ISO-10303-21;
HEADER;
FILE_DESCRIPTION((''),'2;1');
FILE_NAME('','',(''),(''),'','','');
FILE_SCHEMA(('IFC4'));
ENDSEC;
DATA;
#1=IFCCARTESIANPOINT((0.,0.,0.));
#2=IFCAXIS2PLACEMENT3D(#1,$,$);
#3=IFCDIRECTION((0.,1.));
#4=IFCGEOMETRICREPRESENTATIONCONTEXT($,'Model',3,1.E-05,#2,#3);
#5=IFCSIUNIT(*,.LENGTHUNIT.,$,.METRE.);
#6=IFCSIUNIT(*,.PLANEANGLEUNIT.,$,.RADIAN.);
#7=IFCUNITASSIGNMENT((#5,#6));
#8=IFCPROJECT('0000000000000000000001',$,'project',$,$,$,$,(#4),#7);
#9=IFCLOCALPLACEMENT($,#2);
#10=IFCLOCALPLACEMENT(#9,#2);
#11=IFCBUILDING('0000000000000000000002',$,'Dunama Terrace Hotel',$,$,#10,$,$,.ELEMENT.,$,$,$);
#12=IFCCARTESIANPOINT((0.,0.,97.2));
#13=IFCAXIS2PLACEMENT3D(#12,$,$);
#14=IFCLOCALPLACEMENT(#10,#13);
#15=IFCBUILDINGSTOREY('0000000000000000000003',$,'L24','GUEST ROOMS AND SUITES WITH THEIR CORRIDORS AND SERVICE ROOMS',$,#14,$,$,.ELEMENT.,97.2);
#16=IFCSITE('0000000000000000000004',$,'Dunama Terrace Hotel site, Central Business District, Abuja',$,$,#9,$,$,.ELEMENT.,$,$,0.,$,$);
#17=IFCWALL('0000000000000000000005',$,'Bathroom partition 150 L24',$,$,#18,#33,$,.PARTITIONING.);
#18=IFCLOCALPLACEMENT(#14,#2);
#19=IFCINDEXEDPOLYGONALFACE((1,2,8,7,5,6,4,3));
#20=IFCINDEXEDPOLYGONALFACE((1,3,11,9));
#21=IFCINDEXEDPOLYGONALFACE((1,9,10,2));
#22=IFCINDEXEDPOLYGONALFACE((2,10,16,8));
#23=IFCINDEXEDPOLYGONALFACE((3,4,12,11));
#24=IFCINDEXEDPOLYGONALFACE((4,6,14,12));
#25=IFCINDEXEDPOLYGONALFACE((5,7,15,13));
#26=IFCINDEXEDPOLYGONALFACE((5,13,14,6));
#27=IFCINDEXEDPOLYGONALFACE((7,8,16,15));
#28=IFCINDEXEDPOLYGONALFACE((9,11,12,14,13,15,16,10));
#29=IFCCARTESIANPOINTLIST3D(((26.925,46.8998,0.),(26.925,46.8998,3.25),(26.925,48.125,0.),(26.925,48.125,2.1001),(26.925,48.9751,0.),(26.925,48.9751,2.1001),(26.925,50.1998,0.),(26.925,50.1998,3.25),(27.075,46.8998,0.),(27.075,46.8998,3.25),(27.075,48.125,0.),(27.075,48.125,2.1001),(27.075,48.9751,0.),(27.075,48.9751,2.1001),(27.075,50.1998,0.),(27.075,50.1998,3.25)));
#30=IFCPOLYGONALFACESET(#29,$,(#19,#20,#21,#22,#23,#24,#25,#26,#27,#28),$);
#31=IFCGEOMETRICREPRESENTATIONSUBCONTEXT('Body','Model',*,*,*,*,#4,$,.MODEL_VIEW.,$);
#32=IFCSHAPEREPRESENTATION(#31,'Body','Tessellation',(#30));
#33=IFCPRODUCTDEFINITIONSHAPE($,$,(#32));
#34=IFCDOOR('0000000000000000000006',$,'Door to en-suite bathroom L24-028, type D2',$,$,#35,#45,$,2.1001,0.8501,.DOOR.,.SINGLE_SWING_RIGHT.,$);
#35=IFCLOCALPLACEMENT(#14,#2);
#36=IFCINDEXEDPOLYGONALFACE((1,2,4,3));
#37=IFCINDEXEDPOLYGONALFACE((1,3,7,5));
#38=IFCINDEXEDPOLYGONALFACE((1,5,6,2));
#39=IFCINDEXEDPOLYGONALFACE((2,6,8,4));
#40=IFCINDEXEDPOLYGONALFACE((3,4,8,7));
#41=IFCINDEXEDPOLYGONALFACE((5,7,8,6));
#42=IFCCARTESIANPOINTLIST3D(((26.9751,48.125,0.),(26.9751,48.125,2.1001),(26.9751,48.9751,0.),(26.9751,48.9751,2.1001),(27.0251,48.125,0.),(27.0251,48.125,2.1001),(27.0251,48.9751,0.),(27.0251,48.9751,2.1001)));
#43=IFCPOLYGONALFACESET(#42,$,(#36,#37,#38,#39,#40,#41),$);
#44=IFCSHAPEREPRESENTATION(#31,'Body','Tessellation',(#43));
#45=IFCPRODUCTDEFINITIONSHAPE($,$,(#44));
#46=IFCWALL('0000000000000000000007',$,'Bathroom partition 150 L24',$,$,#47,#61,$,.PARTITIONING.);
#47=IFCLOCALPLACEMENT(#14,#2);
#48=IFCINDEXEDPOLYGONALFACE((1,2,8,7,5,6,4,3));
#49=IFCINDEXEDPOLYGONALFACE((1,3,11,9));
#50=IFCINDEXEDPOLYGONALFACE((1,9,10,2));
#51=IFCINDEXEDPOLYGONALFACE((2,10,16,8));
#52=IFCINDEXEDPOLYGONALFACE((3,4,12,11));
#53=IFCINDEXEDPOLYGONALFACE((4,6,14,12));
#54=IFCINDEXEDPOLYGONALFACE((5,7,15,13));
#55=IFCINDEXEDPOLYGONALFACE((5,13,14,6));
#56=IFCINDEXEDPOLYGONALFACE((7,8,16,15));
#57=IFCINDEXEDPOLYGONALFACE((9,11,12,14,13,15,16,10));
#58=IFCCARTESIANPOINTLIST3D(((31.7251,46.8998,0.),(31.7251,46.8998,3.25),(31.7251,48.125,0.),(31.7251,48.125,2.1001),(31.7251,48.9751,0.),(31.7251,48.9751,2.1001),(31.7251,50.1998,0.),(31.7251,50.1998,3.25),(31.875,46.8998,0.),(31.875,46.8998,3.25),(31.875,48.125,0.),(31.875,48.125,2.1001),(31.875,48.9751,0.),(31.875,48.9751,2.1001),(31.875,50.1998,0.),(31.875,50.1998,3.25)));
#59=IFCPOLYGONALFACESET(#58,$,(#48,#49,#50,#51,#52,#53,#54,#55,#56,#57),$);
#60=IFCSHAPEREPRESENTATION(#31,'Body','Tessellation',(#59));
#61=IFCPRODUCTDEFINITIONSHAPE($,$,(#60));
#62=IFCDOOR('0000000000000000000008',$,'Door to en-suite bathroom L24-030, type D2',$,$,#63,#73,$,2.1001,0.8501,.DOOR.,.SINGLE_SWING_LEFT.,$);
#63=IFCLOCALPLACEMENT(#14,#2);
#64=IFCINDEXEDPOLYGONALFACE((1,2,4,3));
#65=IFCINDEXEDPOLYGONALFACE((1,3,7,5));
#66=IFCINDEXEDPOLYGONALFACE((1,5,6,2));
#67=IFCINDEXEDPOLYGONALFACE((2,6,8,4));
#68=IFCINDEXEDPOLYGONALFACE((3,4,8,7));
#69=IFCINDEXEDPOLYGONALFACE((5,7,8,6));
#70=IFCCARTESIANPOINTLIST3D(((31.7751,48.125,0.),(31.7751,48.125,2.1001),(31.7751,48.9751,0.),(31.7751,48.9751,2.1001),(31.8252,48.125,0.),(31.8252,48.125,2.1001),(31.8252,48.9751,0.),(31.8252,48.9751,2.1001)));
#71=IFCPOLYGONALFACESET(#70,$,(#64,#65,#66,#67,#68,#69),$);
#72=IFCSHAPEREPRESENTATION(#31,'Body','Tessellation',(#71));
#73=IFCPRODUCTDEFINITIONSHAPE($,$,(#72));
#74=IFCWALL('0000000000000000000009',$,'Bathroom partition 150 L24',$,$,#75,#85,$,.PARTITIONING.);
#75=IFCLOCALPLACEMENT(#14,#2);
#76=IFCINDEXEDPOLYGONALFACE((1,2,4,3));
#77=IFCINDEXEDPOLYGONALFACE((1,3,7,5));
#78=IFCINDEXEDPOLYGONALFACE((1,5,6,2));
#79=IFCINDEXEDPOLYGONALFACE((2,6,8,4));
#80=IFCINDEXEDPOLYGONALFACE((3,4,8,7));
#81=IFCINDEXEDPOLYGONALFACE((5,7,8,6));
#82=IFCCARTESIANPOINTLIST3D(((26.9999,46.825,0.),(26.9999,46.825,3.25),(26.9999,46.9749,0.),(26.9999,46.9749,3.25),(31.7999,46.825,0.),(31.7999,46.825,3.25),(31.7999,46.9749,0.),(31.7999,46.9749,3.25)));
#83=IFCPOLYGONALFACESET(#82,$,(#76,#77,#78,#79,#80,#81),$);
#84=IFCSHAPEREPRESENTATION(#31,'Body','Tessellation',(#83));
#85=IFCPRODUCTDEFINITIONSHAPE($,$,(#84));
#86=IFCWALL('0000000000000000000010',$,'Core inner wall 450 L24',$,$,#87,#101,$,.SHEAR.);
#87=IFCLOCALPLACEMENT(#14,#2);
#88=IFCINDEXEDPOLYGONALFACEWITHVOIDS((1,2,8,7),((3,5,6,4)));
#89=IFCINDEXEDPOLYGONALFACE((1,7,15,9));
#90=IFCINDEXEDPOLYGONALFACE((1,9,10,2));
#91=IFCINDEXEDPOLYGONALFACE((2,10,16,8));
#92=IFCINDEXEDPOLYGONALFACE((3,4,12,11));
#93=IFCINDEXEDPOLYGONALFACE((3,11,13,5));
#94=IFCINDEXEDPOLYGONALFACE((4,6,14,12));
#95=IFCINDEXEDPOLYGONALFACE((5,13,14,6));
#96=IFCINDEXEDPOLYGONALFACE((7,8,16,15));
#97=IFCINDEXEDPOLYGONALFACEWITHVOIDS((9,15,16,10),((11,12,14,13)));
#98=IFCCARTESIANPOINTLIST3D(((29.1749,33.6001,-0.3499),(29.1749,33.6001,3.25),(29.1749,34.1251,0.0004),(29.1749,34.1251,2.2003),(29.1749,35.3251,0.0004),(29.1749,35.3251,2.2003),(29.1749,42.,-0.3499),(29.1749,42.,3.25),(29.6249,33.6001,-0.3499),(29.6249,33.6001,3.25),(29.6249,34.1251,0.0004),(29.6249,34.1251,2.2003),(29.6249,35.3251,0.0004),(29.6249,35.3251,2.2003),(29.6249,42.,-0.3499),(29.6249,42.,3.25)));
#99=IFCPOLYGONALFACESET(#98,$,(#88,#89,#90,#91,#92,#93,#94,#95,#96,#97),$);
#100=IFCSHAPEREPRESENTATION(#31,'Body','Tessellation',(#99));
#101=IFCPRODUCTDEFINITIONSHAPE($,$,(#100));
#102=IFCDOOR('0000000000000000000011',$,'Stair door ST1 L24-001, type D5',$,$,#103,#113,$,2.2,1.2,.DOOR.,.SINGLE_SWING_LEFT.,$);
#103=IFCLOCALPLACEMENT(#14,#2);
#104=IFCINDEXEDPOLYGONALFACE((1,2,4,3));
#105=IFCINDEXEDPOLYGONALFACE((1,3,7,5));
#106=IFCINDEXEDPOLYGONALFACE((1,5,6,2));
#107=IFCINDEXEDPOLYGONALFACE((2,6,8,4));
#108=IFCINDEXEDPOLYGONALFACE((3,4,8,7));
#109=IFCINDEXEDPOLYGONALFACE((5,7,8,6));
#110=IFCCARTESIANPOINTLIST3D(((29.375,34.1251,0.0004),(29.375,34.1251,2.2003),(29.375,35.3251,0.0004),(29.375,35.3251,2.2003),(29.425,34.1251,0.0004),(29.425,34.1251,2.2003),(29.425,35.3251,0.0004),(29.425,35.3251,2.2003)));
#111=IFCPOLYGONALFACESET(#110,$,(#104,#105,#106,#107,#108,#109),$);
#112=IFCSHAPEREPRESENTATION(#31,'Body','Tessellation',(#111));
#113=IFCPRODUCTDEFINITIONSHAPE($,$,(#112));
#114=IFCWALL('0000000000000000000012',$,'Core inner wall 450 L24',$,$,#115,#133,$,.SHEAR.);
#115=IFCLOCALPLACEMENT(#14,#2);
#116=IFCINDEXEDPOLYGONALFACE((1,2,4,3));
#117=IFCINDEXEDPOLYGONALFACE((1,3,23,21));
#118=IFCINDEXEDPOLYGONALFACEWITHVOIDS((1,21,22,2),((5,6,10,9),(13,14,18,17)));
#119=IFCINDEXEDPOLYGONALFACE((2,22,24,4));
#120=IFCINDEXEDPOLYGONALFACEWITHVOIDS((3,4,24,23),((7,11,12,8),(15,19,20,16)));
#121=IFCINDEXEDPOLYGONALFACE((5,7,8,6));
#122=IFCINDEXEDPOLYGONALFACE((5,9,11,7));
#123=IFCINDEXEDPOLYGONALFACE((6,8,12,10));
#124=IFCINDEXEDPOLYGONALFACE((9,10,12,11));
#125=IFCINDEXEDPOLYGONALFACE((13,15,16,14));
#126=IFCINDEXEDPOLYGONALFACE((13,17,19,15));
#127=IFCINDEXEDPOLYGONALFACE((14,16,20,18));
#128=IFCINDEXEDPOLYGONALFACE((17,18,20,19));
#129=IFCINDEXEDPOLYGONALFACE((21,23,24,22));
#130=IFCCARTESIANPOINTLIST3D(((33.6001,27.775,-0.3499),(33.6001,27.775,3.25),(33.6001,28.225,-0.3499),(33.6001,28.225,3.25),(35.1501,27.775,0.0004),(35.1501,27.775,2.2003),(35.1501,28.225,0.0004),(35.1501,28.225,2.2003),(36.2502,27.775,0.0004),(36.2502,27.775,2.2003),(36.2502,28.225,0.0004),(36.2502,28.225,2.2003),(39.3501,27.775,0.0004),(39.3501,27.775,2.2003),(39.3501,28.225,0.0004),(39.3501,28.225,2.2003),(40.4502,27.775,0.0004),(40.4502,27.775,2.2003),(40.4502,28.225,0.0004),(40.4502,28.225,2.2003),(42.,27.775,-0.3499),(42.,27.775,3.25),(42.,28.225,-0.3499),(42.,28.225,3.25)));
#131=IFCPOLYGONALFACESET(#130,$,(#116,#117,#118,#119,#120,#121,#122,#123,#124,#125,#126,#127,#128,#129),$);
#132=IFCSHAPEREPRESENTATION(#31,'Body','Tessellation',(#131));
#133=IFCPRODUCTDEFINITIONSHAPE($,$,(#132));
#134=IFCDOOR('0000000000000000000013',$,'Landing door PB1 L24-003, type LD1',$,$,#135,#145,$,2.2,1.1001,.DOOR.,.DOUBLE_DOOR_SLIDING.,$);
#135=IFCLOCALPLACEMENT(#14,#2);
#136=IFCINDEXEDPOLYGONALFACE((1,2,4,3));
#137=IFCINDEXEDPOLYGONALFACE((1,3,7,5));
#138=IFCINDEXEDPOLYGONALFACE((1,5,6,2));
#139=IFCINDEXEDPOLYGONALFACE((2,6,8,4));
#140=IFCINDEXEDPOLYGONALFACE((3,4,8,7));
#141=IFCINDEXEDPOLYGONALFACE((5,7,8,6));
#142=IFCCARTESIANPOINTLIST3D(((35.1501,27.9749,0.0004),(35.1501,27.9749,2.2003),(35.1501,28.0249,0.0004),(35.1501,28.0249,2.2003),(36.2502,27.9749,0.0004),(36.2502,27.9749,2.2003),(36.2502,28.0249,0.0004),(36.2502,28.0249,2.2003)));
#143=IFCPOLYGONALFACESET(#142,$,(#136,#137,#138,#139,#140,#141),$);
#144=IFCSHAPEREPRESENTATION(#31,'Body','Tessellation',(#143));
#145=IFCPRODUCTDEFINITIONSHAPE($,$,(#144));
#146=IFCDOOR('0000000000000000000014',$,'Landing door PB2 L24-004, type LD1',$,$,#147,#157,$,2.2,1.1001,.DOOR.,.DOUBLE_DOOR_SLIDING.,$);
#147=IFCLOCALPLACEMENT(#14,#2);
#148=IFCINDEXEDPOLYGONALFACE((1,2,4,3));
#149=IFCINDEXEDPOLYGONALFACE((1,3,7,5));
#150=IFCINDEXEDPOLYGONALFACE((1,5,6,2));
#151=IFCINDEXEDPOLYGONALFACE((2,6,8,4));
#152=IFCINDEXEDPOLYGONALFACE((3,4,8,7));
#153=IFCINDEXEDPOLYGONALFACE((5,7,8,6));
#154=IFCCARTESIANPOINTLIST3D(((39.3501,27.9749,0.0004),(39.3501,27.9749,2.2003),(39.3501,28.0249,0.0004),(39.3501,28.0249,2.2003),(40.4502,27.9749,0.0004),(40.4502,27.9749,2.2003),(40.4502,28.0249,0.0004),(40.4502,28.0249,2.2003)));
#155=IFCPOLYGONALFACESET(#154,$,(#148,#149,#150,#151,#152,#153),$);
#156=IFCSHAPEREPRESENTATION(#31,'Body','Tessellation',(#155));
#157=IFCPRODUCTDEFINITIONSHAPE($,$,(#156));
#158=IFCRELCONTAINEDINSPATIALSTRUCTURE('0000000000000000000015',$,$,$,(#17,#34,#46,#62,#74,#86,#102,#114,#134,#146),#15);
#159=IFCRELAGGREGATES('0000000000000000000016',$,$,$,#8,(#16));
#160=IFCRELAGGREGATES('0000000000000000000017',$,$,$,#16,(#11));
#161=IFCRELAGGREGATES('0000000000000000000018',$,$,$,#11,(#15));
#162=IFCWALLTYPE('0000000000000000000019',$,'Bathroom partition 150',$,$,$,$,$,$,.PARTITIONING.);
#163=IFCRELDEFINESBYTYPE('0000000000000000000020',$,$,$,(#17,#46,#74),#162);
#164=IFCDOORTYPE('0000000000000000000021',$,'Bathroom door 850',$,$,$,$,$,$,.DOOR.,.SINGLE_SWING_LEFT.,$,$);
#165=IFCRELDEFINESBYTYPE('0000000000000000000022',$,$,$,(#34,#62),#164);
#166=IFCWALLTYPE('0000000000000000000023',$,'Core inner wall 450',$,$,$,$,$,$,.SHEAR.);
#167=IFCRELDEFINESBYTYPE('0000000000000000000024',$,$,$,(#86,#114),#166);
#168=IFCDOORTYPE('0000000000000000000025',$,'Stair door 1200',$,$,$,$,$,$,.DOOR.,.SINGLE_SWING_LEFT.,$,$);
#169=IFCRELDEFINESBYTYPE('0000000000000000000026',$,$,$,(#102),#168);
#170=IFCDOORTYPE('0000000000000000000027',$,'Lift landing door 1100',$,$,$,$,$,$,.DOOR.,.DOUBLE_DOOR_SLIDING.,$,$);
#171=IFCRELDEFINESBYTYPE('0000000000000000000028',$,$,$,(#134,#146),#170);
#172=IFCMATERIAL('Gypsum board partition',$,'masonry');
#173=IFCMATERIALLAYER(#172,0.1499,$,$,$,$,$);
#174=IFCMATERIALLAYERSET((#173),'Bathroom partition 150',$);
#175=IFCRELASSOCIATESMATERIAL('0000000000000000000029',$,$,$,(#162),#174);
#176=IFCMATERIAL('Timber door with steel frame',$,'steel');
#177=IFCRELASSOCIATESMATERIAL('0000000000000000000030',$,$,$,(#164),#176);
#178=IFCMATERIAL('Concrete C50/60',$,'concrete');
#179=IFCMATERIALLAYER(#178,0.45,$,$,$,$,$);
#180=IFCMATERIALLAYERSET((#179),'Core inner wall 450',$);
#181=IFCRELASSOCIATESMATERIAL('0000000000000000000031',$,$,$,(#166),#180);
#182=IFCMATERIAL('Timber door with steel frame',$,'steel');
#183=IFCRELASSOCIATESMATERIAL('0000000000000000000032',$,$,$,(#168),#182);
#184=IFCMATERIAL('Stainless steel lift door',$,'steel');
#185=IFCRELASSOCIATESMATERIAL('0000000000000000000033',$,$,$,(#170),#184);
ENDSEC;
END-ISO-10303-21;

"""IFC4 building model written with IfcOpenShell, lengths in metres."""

from ifc_helpers import new_model, si_unit, direction, frame, frame_2d, origin, place, context, subcontext, project, spatial, rectangle, extrude, material, layer, layer_set, type_object, element, fill, save


model = new_model("IFC4")

# Units and contexts
model_context = context("Model", 3, precision=1e-05, world=origin(), true_north=direction((0.0, 1.0)))
body_context = subcontext(model_context, "Body", "Model", "MODEL_VIEW")
ifc_project = project(units=[si_unit("LENGTHUNIT", "METRE"), si_unit("PLANEANGLEUNIT", "RADIAN")], contexts=[model_context])

# Site, building, storey
site_placement = place(None, origin())
site = spatial("IfcSite", under=ifc_project, at=site_placement, Name="Dunama Terrace Hotel site, Central Business District, Abuja", CompositionType="ELEMENT", RefElevation=0.0)
building_placement = place(site_placement, origin())
building = spatial("IfcBuilding", under=site, at=building_placement, Name="Dunama Terrace Hotel", CompositionType="ELEMENT")
storey_placement = place(building_placement, frame((0.0, 0.0, 97.2)))
storey = spatial("IfcBuildingStorey", under=building, at=storey_placement, Name="L24", Description="GUEST ROOMS AND SUITES WITH THEIR CORRIDORS AND SERVICE ROOMS", CompositionType="ELEMENT", Elevation=97.2)

# Walls, openings, doors
ifc_material_1 = material(Name="Gypsum board partition", Category="masonry")
ifc_layer_1 = layer(ifc_material_1, 0.1499)
ifc_layer_set_1 = layer_set([ifc_layer_1], Name="Bathroom partition 150")
wall_type_1 = type_object("IfcWallType", Name="Bathroom partition 150", PredefinedType="PARTITIONING", material=ifc_layer_set_1)
wall_1_placement = place(storey_placement, frame((27.0, 46.8999, 0.0), z_axis=(0.0, 0.0, 1.0), x_axis=(0.0, 1.0, 0.0)))
wall_1 = element("IfcWall", 1, at=wall_1_placement, inside=storey, type_object=wall_type_1, Name="Bathroom partition 150 L24", PredefinedType="PARTITIONING", context=body_context, shape_type="SweptSolid", body=[
    extrude(rectangle(XDim=3.3, YDim=0.1499, at=frame_2d((1.6499, 0.0))), origin(), (0.0, 0.0, 1.0), 3.25),
])
opening_1_placement = place(wall_1_placement, frame((1.2251, 0.0, 0.0)))
opening_1 = element("IfcOpeningElement", 2, at=opening_1_placement, cuts=wall_1, PredefinedType="OPENING", context=body_context, shape_type="SweptSolid", body=[
    extrude(rectangle(XDim=0.8501, YDim=2.1001, at=frame_2d((0.425, 1.05))), frame((0.0, 0.085, 0.0), z_axis=(0.0, -1.0, 0.0), x_axis=(1.0, 0.0, 0.0)), (0.0, 0.0, 1.0), 0.1699),
])
ifc_material_2 = material(Name="Timber door with steel frame", Category="steel")
door_type_1 = type_object("IfcDoorType", Name="Bathroom door 850", OperationType="SINGLE_SWING_LEFT", PredefinedType="DOOR", material=ifc_material_2)
door_1_placement = place(opening_1_placement, frame((0.8501, 0.0, 0.0), z_axis=(0.0, 0.0, 1.0), x_axis=(-1.0, 0.0, 0.0)))
door_1 = element("IfcDoor", 3, at=door_1_placement, inside=storey, type_object=door_type_1, Name="Door to en-suite bathroom L24-028, type D2", OperationType="SINGLE_SWING_RIGHT", OverallHeight=2.1001, OverallWidth=0.8501, PredefinedType="DOOR", context=body_context, shape_type="SweptSolid", body=[
    extrude(rectangle(XDim=0.8501, YDim=2.1001, at=frame_2d((0.425, 1.05))), frame((0.0, 0.0251, 0.0), z_axis=(0.0, -1.0, 0.0), x_axis=(1.0, 0.0, 0.0)), (0.0, 0.0, 1.0), 0.05),
])
fill(opening_1, door_1)
wall_2_placement = place(storey_placement, frame((31.8, 46.8999, 0.0), z_axis=(0.0, 0.0, 1.0), x_axis=(0.0, 1.0, 0.0)))
wall_2 = element("IfcWall", 4, at=wall_2_placement, inside=storey, type_object=wall_type_1, Name="Bathroom partition 150 L24", PredefinedType="PARTITIONING", context=body_context, shape_type="SweptSolid", body=[
    extrude(rectangle(XDim=3.3, YDim=0.1499, at=frame_2d((1.6499, 0.0))), origin(), (0.0, 0.0, 1.0), 3.25),
])
opening_2_placement = place(wall_2_placement, frame((1.2251, 0.0, 0.0)))
opening_2 = element("IfcOpeningElement", 5, at=opening_2_placement, cuts=wall_2, PredefinedType="OPENING", context=body_context, shape_type="SweptSolid", body=[
    extrude(rectangle(XDim=0.8501, YDim=2.1001, at=frame_2d((0.425, 1.05))), frame((0.0, 0.085, 0.0), z_axis=(0.0, -1.0, 0.0), x_axis=(1.0, 0.0, 0.0)), (0.0, 0.0, 1.0), 0.1699),
])
door_2_placement = place(opening_2_placement, origin())
door_2 = element("IfcDoor", 6, at=door_2_placement, inside=storey, type_object=door_type_1, Name="Door to en-suite bathroom L24-030, type D2", OperationType="SINGLE_SWING_LEFT", OverallHeight=2.1001, OverallWidth=0.8501, PredefinedType="DOOR", context=body_context, shape_type="SweptSolid", body=[
    extrude(rectangle(XDim=0.8501, YDim=2.1001, at=frame_2d((0.425, 1.05))), frame((0.0, 0.0249, 0.0), z_axis=(0.0, -1.0, 0.0), x_axis=(1.0, 0.0, 0.0)), (0.0, 0.0, 1.0), 0.05),
])
fill(opening_2, door_2)

# Wall
wall_3_placement = place(storey_placement, frame((27.0, 46.8999, 0.0), z_axis=(0.0, 0.0, 1.0), x_axis=(1.0, 0.0, 0.0)))
element("IfcWall", 7, at=wall_3_placement, inside=storey, type_object=wall_type_1, Name="Bathroom partition 150 L24", PredefinedType="PARTITIONING", context=body_context, shape_type="SweptSolid", body=[
    extrude(rectangle(XDim=4.8, YDim=0.1499, at=frame_2d((2.3999, 0.0))), origin(), (0.0, 0.0, 1.0), 3.25),
])

# Wall, opening, door
ifc_material_3 = material(Name="Concrete C50/60", Category="concrete")
ifc_layer_2 = layer(ifc_material_3, 0.45)
ifc_layer_set_2 = layer_set([ifc_layer_2], Name="Core inner wall 450")
wall_type_2 = type_object("IfcWallType", Name="Core inner wall 450", PredefinedType="SHEAR", material=ifc_layer_set_2)
wall_4_placement = place(storey_placement, frame((29.3999, 33.6001, -0.3499), z_axis=(0.0, 0.0, 1.0), x_axis=(0.0, 1.0, 0.0)))
wall_4 = element("IfcWall", 8, at=wall_4_placement, inside=storey, type_object=wall_type_2, Name="Core inner wall 450 L24", PredefinedType="SHEAR", context=body_context, shape_type="SweptSolid", body=[
    extrude(rectangle(XDim=8.3999, YDim=0.45, at=frame_2d((4.2, 0.0))), origin(), (0.0, 0.0, 1.0), 3.5999),
])
opening_3_placement = place(wall_4_placement, frame((0.5249, 0.0, 0.3501)))
opening_3 = element("IfcOpeningElement", 9, at=opening_3_placement, cuts=wall_4, PredefinedType="OPENING", context=body_context, shape_type="SweptSolid", body=[
    extrude(rectangle(XDim=1.2, YDim=2.2, at=frame_2d((0.6001, 1.1001))), frame((0.0, 0.2349, 0.0), z_axis=(0.0, -1.0, 0.0), x_axis=(1.0, 0.0, 0.0)), (0.0, 0.0, 1.0), 0.47),
])
ifc_material_4 = material(Name="Timber door with steel frame", Category="steel")
door_type_2 = type_object("IfcDoorType", Name="Stair door 1200", OperationType="SINGLE_SWING_LEFT", PredefinedType="DOOR", material=ifc_material_4)
door_3_placement = place(opening_3_placement, origin())
door_3 = element("IfcDoor", 10, at=door_3_placement, inside=storey, type_object=door_type_2, Name="Stair door ST1 L24-001, type D5", OperationType="SINGLE_SWING_LEFT", OverallHeight=2.2, OverallWidth=1.2, PredefinedType="DOOR", context=body_context, shape_type="SweptSolid", body=[
    extrude(rectangle(XDim=1.2, YDim=2.2, at=frame_2d((0.6001, 1.1001))), frame((0.0, 0.0249, 0.0), z_axis=(0.0, -1.0, 0.0), x_axis=(1.0, 0.0, 0.0)), (0.0, 0.0, 1.0), 0.05),
])
fill(opening_3, door_3)

# Wall, openings, doors
wall_5_placement = place(storey_placement, frame((33.6001, 28.0, -0.3499), z_axis=(0.0, 0.0, 1.0), x_axis=(1.0, 0.0, 0.0)))
wall_5 = element("IfcWall", 11, at=wall_5_placement, inside=storey, type_object=wall_type_2, Name="Core inner wall 450 L24", PredefinedType="SHEAR", context=body_context, shape_type="SweptSolid", body=[
    extrude(rectangle(XDim=8.3999, YDim=0.45, at=frame_2d((4.2, 0.0))), origin(), (0.0, 0.0, 1.0), 3.5999),
])
opening_4_placement = place(wall_5_placement, frame((1.55, 0.0, 0.3501)))
opening_4 = element("IfcOpeningElement", 12, at=opening_4_placement, cuts=wall_5, PredefinedType="OPENING", context=body_context, shape_type="SweptSolid", body=[
    extrude(rectangle(XDim=1.1001, YDim=2.2, at=frame_2d((0.55, 1.1001))), frame((0.0, 0.2349, 0.0), z_axis=(0.0, -1.0, 0.0), x_axis=(1.0, 0.0, 0.0)), (0.0, 0.0, 1.0), 0.47),
])
opening_5_placement = place(wall_5_placement, frame((5.75, 0.0, 0.3501)))
opening_5 = element("IfcOpeningElement", 13, at=opening_5_placement, cuts=wall_5, PredefinedType="OPENING", context=body_context, shape_type="SweptSolid", body=[
    extrude(rectangle(XDim=1.1001, YDim=2.2, at=frame_2d((0.55, 1.1001))), frame((0.0, 0.2349, 0.0), z_axis=(0.0, -1.0, 0.0), x_axis=(1.0, 0.0, 0.0)), (0.0, 0.0, 1.0), 0.47),
])
ifc_material_5 = material(Name="Stainless steel lift door", Category="steel")
door_type_3 = type_object("IfcDoorType", Name="Lift landing door 1100", OperationType="DOUBLE_DOOR_SLIDING", PredefinedType="DOOR", material=ifc_material_5)
door_4_placement = place(opening_4_placement, origin())
door_4 = element("IfcDoor", 14, at=door_4_placement, inside=storey, type_object=door_type_3, Name="Landing door PB1 L24-003, type LD1", OperationType="DOUBLE_DOOR_SLIDING", OverallHeight=2.2, OverallWidth=1.1001, PredefinedType="DOOR", context=body_context, shape_type="SweptSolid", body=[
    extrude(rectangle(XDim=1.1001, YDim=2.2, at=frame_2d((0.55, 1.1001))), frame((0.0, 0.0249, 0.0), z_axis=(0.0, -1.0, 0.0), x_axis=(1.0, 0.0, 0.0)), (0.0, 0.0, 1.0), 0.05),
])
fill(opening_4, door_4)
door_5_placement = place(opening_5_placement, origin())
door_5 = element("IfcDoor", 15, at=door_5_placement, inside=storey, type_object=door_type_3, Name="Landing door PB2 L24-004, type LD1", OperationType="DOUBLE_DOOR_SLIDING", OverallHeight=2.2, OverallWidth=1.1001, PredefinedType="DOOR", context=body_context, shape_type="SweptSolid", body=[
    extrude(rectangle(XDim=1.1001, YDim=2.2, at=frame_2d((0.55, 1.1001))), frame((0.0, 0.0249, 0.0), z_axis=(0.0, -1.0, 0.0), x_axis=(1.0, 0.0, 0.0)), (0.0, 0.0, 1.0), 0.05),
])
fill(opening_5, door_5)

save(model, "model.ifc")
